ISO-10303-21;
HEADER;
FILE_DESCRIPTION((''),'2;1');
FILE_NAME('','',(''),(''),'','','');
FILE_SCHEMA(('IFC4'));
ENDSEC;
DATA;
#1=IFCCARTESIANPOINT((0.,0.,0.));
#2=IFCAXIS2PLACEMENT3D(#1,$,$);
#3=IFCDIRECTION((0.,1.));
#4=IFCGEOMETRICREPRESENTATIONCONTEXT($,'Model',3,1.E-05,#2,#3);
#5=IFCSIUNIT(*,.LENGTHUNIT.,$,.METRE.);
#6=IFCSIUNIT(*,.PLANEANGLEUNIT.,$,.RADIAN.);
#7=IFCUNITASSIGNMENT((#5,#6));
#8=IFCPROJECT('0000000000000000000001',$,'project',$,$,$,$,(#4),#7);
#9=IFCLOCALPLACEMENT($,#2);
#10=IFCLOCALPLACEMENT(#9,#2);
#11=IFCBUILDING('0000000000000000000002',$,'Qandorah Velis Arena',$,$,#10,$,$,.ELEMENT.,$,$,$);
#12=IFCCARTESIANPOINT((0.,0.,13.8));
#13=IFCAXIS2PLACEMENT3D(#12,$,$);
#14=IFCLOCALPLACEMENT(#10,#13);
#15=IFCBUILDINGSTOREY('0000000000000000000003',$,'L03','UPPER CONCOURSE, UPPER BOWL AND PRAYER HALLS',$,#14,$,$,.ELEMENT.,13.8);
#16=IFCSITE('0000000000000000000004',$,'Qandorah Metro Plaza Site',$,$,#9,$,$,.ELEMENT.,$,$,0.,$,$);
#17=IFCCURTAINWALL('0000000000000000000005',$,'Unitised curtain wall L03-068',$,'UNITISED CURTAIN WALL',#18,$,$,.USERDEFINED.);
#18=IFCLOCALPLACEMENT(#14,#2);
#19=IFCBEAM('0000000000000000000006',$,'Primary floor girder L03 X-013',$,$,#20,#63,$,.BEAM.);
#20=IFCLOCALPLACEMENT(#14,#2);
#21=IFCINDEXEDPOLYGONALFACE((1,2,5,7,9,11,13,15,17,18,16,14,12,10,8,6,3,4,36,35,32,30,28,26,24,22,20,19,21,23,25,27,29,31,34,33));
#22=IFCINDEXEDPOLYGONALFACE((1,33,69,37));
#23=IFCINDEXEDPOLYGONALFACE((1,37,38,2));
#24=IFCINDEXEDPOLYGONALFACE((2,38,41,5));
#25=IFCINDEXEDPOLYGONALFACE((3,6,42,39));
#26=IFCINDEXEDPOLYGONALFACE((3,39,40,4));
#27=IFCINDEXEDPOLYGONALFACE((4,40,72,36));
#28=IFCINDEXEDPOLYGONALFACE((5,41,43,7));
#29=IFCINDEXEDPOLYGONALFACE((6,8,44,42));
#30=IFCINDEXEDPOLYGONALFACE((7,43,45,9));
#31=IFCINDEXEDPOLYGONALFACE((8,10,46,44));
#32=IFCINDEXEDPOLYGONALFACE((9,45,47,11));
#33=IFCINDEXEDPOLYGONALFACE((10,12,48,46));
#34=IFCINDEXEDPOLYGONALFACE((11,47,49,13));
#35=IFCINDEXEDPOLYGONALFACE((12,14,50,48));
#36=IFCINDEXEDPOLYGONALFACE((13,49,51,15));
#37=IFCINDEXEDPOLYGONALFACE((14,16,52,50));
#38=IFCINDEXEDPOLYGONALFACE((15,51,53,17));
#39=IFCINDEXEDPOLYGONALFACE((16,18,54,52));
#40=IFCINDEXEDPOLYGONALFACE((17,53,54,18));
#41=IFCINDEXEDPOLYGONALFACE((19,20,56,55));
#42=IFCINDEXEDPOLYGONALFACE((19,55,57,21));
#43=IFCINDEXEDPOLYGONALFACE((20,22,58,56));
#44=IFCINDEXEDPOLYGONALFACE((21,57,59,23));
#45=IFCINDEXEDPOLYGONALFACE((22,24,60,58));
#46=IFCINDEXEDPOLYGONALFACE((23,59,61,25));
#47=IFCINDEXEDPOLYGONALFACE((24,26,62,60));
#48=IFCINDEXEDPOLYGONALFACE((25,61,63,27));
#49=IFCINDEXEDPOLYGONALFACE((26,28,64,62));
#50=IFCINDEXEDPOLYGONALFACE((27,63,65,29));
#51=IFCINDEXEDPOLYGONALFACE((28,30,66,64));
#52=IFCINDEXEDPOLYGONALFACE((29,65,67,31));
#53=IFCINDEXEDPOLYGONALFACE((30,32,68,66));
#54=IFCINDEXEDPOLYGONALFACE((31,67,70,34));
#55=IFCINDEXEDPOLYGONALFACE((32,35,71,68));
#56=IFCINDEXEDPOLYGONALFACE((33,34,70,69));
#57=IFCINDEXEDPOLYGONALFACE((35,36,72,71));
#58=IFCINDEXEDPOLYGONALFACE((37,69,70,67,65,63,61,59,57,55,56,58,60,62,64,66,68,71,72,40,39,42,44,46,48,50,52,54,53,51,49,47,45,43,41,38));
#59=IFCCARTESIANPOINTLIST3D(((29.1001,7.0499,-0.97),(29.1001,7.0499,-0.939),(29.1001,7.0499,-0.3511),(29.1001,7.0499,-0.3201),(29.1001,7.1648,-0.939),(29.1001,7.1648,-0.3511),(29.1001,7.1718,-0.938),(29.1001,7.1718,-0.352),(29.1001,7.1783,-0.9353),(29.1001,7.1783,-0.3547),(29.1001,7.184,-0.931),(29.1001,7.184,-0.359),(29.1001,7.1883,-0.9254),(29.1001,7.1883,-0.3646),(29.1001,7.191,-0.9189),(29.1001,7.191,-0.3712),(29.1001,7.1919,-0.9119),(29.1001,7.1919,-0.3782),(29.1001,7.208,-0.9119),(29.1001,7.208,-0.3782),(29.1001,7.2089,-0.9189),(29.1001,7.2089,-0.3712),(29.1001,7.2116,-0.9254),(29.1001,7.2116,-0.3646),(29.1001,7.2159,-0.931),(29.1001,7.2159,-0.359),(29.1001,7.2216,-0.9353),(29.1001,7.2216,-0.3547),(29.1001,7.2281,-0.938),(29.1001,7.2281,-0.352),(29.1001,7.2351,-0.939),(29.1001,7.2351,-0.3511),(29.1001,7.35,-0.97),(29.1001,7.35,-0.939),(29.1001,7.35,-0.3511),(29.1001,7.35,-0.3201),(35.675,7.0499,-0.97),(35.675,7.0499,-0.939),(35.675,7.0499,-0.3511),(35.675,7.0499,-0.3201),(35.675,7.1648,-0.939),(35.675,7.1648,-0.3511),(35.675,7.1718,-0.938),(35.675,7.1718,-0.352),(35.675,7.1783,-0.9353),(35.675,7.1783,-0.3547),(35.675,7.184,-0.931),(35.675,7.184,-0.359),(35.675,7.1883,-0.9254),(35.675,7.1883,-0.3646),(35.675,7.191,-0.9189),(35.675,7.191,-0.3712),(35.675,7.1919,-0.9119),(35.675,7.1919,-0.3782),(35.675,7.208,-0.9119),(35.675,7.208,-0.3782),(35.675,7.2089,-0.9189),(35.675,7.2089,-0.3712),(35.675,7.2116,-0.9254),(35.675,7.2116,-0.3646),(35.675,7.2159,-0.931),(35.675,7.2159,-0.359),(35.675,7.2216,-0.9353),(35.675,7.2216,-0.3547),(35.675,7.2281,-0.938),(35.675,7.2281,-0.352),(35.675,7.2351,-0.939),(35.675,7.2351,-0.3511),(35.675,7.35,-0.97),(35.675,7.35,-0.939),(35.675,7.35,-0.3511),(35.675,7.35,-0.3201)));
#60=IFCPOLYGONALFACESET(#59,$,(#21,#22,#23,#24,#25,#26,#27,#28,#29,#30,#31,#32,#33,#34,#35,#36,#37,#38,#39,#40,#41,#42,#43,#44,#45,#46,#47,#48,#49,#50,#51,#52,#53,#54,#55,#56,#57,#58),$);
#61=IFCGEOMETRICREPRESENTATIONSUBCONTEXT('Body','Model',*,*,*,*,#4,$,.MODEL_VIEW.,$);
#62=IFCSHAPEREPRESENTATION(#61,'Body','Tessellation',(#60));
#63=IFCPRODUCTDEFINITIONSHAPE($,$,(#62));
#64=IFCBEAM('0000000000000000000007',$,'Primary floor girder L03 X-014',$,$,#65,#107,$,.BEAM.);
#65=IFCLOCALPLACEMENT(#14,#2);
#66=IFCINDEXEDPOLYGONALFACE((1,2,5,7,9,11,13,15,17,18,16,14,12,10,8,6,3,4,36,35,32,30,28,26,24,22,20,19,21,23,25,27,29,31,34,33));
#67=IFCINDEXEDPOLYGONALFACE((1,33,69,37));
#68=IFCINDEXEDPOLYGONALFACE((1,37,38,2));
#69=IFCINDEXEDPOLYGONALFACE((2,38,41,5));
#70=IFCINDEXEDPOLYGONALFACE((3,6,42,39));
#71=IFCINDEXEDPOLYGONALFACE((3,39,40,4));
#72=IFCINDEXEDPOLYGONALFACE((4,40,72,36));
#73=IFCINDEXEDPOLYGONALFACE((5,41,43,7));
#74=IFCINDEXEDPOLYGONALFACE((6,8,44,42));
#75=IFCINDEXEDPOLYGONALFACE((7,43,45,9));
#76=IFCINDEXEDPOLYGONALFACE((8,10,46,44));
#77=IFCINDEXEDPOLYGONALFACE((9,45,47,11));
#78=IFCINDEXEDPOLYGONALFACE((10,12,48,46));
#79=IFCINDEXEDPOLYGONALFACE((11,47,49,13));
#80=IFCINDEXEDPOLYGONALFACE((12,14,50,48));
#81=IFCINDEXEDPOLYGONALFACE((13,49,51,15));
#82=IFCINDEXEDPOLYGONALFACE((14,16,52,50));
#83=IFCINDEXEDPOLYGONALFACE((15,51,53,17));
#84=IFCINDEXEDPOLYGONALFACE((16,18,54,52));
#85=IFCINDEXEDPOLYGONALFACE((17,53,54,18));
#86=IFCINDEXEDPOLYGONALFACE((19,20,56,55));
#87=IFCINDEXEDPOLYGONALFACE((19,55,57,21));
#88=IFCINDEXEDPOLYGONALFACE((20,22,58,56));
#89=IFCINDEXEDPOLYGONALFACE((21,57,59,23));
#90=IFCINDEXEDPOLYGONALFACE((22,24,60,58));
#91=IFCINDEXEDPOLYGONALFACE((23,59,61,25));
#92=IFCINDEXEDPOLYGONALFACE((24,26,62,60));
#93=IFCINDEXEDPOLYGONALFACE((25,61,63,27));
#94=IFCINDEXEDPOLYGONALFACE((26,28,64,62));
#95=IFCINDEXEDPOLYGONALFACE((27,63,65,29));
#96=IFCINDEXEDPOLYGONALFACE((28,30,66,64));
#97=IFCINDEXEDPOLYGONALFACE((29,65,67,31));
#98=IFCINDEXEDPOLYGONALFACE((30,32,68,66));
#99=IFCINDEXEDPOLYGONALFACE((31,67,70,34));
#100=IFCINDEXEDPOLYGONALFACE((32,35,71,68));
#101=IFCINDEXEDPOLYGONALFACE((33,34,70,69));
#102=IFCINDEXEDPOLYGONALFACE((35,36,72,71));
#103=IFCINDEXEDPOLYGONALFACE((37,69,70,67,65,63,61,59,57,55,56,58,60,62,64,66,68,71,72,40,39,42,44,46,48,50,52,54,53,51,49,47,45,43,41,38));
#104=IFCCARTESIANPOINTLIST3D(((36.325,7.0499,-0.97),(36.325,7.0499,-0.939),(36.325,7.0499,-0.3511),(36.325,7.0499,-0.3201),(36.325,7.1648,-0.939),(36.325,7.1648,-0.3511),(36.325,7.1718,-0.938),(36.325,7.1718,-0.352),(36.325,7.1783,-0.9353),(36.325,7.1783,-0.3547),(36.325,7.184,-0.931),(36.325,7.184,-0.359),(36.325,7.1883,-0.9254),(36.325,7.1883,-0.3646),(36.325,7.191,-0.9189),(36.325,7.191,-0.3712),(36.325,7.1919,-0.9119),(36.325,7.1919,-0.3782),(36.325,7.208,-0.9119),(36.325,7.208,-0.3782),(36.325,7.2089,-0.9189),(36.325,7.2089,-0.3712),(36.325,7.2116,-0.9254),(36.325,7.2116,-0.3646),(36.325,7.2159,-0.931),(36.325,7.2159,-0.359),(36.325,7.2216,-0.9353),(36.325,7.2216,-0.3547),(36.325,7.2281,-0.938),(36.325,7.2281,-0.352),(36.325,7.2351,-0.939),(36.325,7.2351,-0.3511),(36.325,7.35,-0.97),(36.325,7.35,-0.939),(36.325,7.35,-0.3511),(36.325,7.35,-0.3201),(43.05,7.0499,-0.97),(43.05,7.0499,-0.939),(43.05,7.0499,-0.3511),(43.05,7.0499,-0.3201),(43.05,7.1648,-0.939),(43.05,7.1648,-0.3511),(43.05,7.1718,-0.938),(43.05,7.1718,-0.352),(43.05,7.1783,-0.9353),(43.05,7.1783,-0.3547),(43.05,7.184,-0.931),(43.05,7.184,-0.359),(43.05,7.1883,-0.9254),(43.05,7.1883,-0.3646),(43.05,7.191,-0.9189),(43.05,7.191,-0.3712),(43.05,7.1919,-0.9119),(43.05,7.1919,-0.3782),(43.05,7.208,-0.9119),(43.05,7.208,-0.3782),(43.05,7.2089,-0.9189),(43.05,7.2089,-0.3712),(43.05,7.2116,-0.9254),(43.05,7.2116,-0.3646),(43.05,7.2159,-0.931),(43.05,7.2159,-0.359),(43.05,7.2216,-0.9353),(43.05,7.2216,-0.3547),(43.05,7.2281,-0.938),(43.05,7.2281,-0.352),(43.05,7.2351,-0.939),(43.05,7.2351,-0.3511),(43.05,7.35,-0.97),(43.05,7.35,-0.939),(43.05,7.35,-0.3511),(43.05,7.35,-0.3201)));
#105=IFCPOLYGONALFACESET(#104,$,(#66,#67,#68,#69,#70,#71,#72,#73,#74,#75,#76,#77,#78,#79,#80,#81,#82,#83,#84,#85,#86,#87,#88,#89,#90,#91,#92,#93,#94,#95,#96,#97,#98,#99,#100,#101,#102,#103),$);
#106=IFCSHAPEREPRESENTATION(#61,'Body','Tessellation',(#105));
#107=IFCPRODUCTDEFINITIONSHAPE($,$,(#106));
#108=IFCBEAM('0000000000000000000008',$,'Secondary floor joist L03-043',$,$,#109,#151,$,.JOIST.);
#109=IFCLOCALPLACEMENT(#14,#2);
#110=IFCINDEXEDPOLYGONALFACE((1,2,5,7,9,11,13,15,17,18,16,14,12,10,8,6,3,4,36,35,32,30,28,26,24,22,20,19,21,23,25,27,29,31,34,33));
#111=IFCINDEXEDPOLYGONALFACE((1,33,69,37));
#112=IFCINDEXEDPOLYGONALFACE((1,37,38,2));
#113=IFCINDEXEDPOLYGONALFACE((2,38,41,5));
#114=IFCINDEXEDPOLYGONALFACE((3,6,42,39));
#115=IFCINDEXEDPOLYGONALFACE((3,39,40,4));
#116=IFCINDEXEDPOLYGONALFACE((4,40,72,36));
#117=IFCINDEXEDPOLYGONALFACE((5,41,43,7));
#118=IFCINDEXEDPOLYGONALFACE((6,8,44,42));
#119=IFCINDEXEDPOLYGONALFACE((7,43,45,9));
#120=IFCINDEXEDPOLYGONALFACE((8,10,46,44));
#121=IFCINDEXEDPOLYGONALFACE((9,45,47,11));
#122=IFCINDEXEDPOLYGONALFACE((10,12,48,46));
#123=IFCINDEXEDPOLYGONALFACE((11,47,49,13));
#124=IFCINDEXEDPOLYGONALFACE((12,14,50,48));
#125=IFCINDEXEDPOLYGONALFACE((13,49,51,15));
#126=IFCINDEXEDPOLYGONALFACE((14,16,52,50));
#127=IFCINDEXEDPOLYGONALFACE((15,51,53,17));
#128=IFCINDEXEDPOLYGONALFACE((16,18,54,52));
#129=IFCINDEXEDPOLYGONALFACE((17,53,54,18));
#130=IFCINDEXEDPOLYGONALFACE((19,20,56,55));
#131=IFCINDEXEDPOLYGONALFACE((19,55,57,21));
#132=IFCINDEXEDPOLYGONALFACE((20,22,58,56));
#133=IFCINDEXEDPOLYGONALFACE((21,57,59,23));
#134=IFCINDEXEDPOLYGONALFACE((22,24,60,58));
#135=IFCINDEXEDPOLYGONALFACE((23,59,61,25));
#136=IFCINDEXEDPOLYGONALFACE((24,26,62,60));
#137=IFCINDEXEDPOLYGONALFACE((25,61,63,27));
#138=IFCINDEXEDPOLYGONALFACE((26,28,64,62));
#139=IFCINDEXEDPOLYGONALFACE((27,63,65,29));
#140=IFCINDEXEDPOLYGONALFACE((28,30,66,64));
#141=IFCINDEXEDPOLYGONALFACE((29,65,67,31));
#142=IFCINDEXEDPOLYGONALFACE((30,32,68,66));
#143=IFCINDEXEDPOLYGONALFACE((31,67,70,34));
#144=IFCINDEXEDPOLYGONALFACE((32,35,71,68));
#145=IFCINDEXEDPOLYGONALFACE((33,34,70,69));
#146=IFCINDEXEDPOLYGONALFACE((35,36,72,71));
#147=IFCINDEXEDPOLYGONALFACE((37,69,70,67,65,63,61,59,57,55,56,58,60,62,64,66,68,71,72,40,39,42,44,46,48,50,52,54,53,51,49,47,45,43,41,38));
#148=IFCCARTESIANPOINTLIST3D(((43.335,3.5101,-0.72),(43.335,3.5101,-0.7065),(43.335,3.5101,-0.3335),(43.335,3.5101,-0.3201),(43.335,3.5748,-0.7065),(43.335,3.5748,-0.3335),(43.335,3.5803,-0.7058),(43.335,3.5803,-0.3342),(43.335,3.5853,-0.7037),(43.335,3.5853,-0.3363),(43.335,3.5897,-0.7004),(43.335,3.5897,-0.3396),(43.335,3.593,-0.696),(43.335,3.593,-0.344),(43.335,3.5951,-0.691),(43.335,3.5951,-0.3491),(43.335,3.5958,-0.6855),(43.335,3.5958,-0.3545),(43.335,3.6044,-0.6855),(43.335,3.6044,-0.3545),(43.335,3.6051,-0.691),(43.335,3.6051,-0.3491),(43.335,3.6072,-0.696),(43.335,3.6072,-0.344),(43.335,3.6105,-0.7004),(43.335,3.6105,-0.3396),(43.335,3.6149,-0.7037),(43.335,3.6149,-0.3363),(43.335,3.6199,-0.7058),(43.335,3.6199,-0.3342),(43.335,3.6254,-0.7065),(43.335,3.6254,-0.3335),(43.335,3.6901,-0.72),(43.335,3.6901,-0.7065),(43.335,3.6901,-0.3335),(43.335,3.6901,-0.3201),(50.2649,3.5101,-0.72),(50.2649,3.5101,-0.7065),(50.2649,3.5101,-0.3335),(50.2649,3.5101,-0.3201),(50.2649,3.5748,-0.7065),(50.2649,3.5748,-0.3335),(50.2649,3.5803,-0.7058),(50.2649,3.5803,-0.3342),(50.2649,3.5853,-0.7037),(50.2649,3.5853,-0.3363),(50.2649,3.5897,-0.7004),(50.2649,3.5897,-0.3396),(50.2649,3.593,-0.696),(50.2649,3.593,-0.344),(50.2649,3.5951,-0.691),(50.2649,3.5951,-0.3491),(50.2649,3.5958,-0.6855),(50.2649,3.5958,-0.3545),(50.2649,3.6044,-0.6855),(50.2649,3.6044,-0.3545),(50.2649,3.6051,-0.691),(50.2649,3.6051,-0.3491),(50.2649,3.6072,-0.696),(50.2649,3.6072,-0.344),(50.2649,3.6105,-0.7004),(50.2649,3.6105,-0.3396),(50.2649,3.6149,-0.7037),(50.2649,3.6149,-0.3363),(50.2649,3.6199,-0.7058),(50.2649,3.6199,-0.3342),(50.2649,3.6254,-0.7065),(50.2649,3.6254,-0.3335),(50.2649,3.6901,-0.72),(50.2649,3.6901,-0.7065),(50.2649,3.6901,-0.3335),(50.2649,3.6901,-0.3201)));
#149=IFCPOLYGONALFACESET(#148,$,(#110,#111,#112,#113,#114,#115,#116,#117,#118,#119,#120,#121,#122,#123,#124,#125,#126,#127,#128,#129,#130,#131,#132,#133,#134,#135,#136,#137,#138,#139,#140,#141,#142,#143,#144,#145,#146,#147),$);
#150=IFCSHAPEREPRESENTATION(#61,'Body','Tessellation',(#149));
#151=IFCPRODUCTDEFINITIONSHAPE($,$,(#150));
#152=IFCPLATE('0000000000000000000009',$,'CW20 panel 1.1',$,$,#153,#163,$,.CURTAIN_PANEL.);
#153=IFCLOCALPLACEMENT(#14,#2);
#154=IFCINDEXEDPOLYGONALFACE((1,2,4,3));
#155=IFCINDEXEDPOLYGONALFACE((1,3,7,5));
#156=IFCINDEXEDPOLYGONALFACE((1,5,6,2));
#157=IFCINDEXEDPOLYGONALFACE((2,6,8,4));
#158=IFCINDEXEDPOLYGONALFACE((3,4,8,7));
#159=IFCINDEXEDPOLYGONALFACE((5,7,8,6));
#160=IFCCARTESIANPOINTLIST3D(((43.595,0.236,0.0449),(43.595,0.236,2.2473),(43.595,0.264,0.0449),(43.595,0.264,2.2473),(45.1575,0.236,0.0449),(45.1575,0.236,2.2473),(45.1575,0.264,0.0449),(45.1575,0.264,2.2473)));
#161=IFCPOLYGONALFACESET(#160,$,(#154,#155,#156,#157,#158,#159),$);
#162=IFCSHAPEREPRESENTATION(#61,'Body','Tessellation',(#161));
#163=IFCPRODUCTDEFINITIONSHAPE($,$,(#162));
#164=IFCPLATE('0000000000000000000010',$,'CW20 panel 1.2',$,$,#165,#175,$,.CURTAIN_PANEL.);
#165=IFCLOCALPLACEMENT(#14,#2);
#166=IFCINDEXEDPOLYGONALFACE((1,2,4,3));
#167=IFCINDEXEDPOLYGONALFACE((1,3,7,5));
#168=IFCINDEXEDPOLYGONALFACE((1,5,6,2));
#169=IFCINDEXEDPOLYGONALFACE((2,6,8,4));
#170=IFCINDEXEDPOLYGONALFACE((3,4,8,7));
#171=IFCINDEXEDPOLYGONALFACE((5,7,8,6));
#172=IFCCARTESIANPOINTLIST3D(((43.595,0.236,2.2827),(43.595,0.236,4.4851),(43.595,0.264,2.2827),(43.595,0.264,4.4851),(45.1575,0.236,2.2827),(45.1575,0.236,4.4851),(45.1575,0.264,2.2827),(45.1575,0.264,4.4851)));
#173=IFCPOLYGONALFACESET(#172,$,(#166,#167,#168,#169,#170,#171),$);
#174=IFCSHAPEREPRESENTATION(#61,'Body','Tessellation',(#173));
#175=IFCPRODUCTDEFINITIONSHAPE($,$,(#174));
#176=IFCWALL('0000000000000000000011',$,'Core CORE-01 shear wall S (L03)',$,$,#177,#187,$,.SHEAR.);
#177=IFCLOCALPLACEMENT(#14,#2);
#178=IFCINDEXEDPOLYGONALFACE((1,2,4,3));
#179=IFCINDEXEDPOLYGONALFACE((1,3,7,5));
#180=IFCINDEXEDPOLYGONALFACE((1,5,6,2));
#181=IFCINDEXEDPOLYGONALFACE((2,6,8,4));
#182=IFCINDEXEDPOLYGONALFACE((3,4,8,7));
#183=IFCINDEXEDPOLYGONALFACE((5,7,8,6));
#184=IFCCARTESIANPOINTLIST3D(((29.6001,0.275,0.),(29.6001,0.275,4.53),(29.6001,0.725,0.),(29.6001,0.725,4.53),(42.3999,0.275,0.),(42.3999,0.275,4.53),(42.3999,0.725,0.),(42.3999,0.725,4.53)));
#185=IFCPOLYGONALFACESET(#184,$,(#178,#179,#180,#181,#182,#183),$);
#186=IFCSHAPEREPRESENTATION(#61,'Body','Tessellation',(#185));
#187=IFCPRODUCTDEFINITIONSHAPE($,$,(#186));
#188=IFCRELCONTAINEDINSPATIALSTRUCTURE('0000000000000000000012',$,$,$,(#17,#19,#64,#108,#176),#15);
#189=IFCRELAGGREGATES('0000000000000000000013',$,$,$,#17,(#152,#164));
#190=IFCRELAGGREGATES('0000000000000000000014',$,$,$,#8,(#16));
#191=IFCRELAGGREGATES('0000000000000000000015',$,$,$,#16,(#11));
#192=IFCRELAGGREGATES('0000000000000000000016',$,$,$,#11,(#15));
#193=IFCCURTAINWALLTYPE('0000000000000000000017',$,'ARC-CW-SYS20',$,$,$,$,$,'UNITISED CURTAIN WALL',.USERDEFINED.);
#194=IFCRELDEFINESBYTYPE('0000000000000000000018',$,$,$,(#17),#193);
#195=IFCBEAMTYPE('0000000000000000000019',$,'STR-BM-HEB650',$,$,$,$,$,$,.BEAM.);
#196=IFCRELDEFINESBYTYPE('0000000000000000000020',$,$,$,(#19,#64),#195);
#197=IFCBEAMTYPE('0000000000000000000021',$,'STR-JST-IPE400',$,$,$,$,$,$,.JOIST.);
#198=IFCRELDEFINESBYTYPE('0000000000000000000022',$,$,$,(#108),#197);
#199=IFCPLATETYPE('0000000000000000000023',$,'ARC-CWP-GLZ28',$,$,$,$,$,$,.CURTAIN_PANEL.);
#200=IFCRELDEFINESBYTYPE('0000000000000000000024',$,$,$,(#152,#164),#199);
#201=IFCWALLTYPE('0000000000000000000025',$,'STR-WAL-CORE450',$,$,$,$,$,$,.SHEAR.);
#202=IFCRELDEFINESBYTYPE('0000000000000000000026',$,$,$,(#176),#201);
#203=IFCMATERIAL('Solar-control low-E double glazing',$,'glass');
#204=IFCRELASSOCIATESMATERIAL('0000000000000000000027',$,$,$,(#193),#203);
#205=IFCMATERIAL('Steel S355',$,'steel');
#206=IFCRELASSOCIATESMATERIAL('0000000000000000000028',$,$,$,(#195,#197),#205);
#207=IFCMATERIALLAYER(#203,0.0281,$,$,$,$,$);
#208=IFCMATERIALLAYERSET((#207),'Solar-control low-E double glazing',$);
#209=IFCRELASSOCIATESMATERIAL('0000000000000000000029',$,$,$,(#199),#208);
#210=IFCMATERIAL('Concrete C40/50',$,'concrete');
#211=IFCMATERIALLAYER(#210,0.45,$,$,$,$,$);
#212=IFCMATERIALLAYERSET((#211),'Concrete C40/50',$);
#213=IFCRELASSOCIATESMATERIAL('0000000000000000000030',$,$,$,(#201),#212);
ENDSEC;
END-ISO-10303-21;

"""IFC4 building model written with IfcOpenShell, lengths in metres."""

from ifc_helpers import new_model, si_unit, direction, frame, frame_2d, origin, origin_2d, place, context, subcontext, project, spatial, rectangle, i_section, extrude, material, layer, layer_set, material_profile, profile_set, type_object, element, aggregate, save


model = new_model("IFC4")

# Units and contexts
model_context = context("Model", 3, precision=1e-05, world=origin(), true_north=direction((0.0, 1.0)))
body_context = subcontext(model_context, "Body", "Model", "MODEL_VIEW")
ifc_project = project(units=[si_unit("LENGTHUNIT", "METRE"), si_unit("PLANEANGLEUNIT", "RADIAN")], contexts=[model_context])

# Site, building, storey
site_placement = place(None, origin())
site = spatial("IfcSite", under=ifc_project, at=site_placement, Name="Qandorah Metro Plaza Site", CompositionType="ELEMENT", RefElevation=0.0)
building_placement = place(site_placement, origin())
building = spatial("IfcBuilding", under=site, at=building_placement, Name="Qandorah Velis Arena", CompositionType="ELEMENT")
storey_placement = place(building_placement, frame((0.0, 0.0, 13.8)))
storey = spatial("IfcBuildingStorey", under=building, at=storey_placement, Name="L03", Description="UPPER CONCOURSE, UPPER BOWL AND PRAYER HALLS", CompositionType="ELEMENT", Elevation=13.8)

# Shared definitions
ifc_material_1 = material(Name="Concrete C40/50", Category="concrete")

# Curtain wall
ifc_material_2 = material(Name="Solar-control low-E double glazing", Category="glass")
curtain_wall_type = type_object("IfcCurtainWallType", Name="ARC-CW-SYS20", ElementType="UNITISED CURTAIN WALL", PredefinedType="USERDEFINED", material=ifc_material_2)
curtain_wall_placement = place(storey_placement, origin())
curtain_wall = element("IfcCurtainWall", 1, at=curtain_wall_placement, inside=storey, type_object=curtain_wall_type, Name="Unitised curtain wall L03-068", ObjectType="UNITISED CURTAIN WALL", PredefinedType="USERDEFINED")

# Beams
ifc_material_3 = material(Name="Steel S355", Category="steel")
ifc_material_profile_1 = material_profile(ifc_material_3, i_section(OverallWidth=0.3, OverallDepth=0.6499, WebThickness=0.0161, FlangeThickness=0.031, FilletRadius=0.0271, at=origin_2d()), Name="HEB 650")
ifc_profile_set_1 = profile_set([ifc_material_profile_1], Name="Steel S355")
beam_type_1 = type_object("IfcBeamType", Name="STR-BM-HEB650", PredefinedType="BEAM", material=ifc_profile_set_1)
beam_1_placement = place(storey_placement, frame((29.1001, 7.2, -0.645), z_axis=(1.0, 0.0, 0.0), x_axis=(0.0, 1.0, 0.0)))
element("IfcBeam", 2, at=beam_1_placement, inside=storey, type_object=beam_type_1, Name="Primary floor girder L03 X-013", PredefinedType="BEAM", context=body_context, shape_type="SweptSolid", body=[
    extrude(i_section(OverallWidth=0.3, OverallDepth=0.6499, WebThickness=0.0161, FlangeThickness=0.031, FilletRadius=0.0271, at=origin_2d()), origin(), (0.0, 0.0, 1.0), 6.575),
])
beam_2_placement = place(storey_placement, frame((36.325, 7.2, -0.645), z_axis=(1.0, 0.0, 0.0), x_axis=(0.0, 1.0, 0.0)))
element("IfcBeam", 3, at=beam_2_placement, inside=storey, type_object=beam_type_1, Name="Primary floor girder L03 X-014", PredefinedType="BEAM", context=body_context, shape_type="SweptSolid", body=[
    extrude(i_section(OverallWidth=0.3, OverallDepth=0.6499, WebThickness=0.0161, FlangeThickness=0.031, FilletRadius=0.0271, at=origin_2d()), origin(), (0.0, 0.0, 1.0), 6.7251),
])
ifc_material_profile_2 = material_profile(ifc_material_3, i_section(OverallWidth=0.1799, OverallDepth=0.3999, WebThickness=0.0085, FlangeThickness=0.0134, FilletRadius=0.021, at=origin_2d()), Name="IPE 400")
ifc_profile_set_2 = profile_set([ifc_material_profile_2], Name="Steel S355")
beam_type_2 = type_object("IfcBeamType", Name="STR-JST-IPE400", PredefinedType="JOIST", material=ifc_profile_set_2)
beam_3_placement = place(storey_placement, frame((43.335, 3.6001, -0.52), z_axis=(1.0, 0.0, 0.0), x_axis=(0.0, 1.0, 0.0)))
element("IfcBeam", 4, at=beam_3_placement, inside=storey, type_object=beam_type_2, Name="Secondary floor joist L03-043", PredefinedType="JOIST", context=body_context, shape_type="SweptSolid", body=[
    extrude(i_section(OverallWidth=0.1799, OverallDepth=0.3999, WebThickness=0.0085, FlangeThickness=0.0134, FilletRadius=0.021, at=origin_2d()), origin(), (0.0, 0.0, 1.0), 6.9299),
])

# Plates
ifc_layer_1 = layer(ifc_material_2, 0.0281)
ifc_layer_set_1 = layer_set([ifc_layer_1], Name="Solar-control low-E double glazing")
plate_type = type_object("IfcPlateType", Name="ARC-CWP-GLZ28", PredefinedType="CURTAIN_PANEL", material=ifc_layer_set_1)
plate_1_placement = place(storey_placement, frame((44.3762, 0.25, 0.0449), z_axis=(0.0, 0.0, 1.0), x_axis=(1.0, 0.0, 0.0)))
plate_1 = element("IfcPlate", 5, at=plate_1_placement, type_object=plate_type, Name="CW20 panel 1.1", PredefinedType="CURTAIN_PANEL", context=body_context, shape_type="SweptSolid", body=[
    extrude(rectangle(XDim=1.5625, YDim=0.0281, at=origin_2d()), origin(), (0.0, 0.0, 1.0), 2.2024),
])
plate_2_placement = place(storey_placement, frame((44.3762, 0.25, 2.2827), z_axis=(0.0, 0.0, 1.0), x_axis=(1.0, 0.0, 0.0)))
plate_2 = element("IfcPlate", 6, at=plate_2_placement, type_object=plate_type, Name="CW20 panel 1.2", PredefinedType="CURTAIN_PANEL", context=body_context, shape_type="SweptSolid", body=[
    extrude(rectangle(XDim=1.5625, YDim=0.0281, at=origin_2d()), origin(), (0.0, 0.0, 1.0), 2.2024),
])
aggregate(curtain_wall, [plate_1, plate_2])

# Wall
ifc_layer_2 = layer(ifc_material_1, 0.45)
ifc_layer_set_2 = layer_set([ifc_layer_2], Name="Concrete C40/50")
wall_type_1 = type_object("IfcWallType", Name="STR-WAL-CORE450", PredefinedType="SHEAR", material=ifc_layer_set_2)
wall_1_placement = place(storey_placement, frame((29.6001, 0.5, 0.0), z_axis=(0.0, 0.0, 1.0), x_axis=(1.0, 0.0, 0.0)))
element("IfcWall", 7, at=wall_1_placement, inside=storey, type_object=wall_type_1, Name="Core CORE-01 shear wall S (L03)", PredefinedType="SHEAR", context=body_context, shape_type="SweptSolid", body=[
    extrude(rectangle(XDim=12.7998, YDim=0.45, at=frame_2d((6.3999, 0.0))), origin(), (0.0, 0.0, 1.0), 4.53),
])

save(model, "model.ifc")
